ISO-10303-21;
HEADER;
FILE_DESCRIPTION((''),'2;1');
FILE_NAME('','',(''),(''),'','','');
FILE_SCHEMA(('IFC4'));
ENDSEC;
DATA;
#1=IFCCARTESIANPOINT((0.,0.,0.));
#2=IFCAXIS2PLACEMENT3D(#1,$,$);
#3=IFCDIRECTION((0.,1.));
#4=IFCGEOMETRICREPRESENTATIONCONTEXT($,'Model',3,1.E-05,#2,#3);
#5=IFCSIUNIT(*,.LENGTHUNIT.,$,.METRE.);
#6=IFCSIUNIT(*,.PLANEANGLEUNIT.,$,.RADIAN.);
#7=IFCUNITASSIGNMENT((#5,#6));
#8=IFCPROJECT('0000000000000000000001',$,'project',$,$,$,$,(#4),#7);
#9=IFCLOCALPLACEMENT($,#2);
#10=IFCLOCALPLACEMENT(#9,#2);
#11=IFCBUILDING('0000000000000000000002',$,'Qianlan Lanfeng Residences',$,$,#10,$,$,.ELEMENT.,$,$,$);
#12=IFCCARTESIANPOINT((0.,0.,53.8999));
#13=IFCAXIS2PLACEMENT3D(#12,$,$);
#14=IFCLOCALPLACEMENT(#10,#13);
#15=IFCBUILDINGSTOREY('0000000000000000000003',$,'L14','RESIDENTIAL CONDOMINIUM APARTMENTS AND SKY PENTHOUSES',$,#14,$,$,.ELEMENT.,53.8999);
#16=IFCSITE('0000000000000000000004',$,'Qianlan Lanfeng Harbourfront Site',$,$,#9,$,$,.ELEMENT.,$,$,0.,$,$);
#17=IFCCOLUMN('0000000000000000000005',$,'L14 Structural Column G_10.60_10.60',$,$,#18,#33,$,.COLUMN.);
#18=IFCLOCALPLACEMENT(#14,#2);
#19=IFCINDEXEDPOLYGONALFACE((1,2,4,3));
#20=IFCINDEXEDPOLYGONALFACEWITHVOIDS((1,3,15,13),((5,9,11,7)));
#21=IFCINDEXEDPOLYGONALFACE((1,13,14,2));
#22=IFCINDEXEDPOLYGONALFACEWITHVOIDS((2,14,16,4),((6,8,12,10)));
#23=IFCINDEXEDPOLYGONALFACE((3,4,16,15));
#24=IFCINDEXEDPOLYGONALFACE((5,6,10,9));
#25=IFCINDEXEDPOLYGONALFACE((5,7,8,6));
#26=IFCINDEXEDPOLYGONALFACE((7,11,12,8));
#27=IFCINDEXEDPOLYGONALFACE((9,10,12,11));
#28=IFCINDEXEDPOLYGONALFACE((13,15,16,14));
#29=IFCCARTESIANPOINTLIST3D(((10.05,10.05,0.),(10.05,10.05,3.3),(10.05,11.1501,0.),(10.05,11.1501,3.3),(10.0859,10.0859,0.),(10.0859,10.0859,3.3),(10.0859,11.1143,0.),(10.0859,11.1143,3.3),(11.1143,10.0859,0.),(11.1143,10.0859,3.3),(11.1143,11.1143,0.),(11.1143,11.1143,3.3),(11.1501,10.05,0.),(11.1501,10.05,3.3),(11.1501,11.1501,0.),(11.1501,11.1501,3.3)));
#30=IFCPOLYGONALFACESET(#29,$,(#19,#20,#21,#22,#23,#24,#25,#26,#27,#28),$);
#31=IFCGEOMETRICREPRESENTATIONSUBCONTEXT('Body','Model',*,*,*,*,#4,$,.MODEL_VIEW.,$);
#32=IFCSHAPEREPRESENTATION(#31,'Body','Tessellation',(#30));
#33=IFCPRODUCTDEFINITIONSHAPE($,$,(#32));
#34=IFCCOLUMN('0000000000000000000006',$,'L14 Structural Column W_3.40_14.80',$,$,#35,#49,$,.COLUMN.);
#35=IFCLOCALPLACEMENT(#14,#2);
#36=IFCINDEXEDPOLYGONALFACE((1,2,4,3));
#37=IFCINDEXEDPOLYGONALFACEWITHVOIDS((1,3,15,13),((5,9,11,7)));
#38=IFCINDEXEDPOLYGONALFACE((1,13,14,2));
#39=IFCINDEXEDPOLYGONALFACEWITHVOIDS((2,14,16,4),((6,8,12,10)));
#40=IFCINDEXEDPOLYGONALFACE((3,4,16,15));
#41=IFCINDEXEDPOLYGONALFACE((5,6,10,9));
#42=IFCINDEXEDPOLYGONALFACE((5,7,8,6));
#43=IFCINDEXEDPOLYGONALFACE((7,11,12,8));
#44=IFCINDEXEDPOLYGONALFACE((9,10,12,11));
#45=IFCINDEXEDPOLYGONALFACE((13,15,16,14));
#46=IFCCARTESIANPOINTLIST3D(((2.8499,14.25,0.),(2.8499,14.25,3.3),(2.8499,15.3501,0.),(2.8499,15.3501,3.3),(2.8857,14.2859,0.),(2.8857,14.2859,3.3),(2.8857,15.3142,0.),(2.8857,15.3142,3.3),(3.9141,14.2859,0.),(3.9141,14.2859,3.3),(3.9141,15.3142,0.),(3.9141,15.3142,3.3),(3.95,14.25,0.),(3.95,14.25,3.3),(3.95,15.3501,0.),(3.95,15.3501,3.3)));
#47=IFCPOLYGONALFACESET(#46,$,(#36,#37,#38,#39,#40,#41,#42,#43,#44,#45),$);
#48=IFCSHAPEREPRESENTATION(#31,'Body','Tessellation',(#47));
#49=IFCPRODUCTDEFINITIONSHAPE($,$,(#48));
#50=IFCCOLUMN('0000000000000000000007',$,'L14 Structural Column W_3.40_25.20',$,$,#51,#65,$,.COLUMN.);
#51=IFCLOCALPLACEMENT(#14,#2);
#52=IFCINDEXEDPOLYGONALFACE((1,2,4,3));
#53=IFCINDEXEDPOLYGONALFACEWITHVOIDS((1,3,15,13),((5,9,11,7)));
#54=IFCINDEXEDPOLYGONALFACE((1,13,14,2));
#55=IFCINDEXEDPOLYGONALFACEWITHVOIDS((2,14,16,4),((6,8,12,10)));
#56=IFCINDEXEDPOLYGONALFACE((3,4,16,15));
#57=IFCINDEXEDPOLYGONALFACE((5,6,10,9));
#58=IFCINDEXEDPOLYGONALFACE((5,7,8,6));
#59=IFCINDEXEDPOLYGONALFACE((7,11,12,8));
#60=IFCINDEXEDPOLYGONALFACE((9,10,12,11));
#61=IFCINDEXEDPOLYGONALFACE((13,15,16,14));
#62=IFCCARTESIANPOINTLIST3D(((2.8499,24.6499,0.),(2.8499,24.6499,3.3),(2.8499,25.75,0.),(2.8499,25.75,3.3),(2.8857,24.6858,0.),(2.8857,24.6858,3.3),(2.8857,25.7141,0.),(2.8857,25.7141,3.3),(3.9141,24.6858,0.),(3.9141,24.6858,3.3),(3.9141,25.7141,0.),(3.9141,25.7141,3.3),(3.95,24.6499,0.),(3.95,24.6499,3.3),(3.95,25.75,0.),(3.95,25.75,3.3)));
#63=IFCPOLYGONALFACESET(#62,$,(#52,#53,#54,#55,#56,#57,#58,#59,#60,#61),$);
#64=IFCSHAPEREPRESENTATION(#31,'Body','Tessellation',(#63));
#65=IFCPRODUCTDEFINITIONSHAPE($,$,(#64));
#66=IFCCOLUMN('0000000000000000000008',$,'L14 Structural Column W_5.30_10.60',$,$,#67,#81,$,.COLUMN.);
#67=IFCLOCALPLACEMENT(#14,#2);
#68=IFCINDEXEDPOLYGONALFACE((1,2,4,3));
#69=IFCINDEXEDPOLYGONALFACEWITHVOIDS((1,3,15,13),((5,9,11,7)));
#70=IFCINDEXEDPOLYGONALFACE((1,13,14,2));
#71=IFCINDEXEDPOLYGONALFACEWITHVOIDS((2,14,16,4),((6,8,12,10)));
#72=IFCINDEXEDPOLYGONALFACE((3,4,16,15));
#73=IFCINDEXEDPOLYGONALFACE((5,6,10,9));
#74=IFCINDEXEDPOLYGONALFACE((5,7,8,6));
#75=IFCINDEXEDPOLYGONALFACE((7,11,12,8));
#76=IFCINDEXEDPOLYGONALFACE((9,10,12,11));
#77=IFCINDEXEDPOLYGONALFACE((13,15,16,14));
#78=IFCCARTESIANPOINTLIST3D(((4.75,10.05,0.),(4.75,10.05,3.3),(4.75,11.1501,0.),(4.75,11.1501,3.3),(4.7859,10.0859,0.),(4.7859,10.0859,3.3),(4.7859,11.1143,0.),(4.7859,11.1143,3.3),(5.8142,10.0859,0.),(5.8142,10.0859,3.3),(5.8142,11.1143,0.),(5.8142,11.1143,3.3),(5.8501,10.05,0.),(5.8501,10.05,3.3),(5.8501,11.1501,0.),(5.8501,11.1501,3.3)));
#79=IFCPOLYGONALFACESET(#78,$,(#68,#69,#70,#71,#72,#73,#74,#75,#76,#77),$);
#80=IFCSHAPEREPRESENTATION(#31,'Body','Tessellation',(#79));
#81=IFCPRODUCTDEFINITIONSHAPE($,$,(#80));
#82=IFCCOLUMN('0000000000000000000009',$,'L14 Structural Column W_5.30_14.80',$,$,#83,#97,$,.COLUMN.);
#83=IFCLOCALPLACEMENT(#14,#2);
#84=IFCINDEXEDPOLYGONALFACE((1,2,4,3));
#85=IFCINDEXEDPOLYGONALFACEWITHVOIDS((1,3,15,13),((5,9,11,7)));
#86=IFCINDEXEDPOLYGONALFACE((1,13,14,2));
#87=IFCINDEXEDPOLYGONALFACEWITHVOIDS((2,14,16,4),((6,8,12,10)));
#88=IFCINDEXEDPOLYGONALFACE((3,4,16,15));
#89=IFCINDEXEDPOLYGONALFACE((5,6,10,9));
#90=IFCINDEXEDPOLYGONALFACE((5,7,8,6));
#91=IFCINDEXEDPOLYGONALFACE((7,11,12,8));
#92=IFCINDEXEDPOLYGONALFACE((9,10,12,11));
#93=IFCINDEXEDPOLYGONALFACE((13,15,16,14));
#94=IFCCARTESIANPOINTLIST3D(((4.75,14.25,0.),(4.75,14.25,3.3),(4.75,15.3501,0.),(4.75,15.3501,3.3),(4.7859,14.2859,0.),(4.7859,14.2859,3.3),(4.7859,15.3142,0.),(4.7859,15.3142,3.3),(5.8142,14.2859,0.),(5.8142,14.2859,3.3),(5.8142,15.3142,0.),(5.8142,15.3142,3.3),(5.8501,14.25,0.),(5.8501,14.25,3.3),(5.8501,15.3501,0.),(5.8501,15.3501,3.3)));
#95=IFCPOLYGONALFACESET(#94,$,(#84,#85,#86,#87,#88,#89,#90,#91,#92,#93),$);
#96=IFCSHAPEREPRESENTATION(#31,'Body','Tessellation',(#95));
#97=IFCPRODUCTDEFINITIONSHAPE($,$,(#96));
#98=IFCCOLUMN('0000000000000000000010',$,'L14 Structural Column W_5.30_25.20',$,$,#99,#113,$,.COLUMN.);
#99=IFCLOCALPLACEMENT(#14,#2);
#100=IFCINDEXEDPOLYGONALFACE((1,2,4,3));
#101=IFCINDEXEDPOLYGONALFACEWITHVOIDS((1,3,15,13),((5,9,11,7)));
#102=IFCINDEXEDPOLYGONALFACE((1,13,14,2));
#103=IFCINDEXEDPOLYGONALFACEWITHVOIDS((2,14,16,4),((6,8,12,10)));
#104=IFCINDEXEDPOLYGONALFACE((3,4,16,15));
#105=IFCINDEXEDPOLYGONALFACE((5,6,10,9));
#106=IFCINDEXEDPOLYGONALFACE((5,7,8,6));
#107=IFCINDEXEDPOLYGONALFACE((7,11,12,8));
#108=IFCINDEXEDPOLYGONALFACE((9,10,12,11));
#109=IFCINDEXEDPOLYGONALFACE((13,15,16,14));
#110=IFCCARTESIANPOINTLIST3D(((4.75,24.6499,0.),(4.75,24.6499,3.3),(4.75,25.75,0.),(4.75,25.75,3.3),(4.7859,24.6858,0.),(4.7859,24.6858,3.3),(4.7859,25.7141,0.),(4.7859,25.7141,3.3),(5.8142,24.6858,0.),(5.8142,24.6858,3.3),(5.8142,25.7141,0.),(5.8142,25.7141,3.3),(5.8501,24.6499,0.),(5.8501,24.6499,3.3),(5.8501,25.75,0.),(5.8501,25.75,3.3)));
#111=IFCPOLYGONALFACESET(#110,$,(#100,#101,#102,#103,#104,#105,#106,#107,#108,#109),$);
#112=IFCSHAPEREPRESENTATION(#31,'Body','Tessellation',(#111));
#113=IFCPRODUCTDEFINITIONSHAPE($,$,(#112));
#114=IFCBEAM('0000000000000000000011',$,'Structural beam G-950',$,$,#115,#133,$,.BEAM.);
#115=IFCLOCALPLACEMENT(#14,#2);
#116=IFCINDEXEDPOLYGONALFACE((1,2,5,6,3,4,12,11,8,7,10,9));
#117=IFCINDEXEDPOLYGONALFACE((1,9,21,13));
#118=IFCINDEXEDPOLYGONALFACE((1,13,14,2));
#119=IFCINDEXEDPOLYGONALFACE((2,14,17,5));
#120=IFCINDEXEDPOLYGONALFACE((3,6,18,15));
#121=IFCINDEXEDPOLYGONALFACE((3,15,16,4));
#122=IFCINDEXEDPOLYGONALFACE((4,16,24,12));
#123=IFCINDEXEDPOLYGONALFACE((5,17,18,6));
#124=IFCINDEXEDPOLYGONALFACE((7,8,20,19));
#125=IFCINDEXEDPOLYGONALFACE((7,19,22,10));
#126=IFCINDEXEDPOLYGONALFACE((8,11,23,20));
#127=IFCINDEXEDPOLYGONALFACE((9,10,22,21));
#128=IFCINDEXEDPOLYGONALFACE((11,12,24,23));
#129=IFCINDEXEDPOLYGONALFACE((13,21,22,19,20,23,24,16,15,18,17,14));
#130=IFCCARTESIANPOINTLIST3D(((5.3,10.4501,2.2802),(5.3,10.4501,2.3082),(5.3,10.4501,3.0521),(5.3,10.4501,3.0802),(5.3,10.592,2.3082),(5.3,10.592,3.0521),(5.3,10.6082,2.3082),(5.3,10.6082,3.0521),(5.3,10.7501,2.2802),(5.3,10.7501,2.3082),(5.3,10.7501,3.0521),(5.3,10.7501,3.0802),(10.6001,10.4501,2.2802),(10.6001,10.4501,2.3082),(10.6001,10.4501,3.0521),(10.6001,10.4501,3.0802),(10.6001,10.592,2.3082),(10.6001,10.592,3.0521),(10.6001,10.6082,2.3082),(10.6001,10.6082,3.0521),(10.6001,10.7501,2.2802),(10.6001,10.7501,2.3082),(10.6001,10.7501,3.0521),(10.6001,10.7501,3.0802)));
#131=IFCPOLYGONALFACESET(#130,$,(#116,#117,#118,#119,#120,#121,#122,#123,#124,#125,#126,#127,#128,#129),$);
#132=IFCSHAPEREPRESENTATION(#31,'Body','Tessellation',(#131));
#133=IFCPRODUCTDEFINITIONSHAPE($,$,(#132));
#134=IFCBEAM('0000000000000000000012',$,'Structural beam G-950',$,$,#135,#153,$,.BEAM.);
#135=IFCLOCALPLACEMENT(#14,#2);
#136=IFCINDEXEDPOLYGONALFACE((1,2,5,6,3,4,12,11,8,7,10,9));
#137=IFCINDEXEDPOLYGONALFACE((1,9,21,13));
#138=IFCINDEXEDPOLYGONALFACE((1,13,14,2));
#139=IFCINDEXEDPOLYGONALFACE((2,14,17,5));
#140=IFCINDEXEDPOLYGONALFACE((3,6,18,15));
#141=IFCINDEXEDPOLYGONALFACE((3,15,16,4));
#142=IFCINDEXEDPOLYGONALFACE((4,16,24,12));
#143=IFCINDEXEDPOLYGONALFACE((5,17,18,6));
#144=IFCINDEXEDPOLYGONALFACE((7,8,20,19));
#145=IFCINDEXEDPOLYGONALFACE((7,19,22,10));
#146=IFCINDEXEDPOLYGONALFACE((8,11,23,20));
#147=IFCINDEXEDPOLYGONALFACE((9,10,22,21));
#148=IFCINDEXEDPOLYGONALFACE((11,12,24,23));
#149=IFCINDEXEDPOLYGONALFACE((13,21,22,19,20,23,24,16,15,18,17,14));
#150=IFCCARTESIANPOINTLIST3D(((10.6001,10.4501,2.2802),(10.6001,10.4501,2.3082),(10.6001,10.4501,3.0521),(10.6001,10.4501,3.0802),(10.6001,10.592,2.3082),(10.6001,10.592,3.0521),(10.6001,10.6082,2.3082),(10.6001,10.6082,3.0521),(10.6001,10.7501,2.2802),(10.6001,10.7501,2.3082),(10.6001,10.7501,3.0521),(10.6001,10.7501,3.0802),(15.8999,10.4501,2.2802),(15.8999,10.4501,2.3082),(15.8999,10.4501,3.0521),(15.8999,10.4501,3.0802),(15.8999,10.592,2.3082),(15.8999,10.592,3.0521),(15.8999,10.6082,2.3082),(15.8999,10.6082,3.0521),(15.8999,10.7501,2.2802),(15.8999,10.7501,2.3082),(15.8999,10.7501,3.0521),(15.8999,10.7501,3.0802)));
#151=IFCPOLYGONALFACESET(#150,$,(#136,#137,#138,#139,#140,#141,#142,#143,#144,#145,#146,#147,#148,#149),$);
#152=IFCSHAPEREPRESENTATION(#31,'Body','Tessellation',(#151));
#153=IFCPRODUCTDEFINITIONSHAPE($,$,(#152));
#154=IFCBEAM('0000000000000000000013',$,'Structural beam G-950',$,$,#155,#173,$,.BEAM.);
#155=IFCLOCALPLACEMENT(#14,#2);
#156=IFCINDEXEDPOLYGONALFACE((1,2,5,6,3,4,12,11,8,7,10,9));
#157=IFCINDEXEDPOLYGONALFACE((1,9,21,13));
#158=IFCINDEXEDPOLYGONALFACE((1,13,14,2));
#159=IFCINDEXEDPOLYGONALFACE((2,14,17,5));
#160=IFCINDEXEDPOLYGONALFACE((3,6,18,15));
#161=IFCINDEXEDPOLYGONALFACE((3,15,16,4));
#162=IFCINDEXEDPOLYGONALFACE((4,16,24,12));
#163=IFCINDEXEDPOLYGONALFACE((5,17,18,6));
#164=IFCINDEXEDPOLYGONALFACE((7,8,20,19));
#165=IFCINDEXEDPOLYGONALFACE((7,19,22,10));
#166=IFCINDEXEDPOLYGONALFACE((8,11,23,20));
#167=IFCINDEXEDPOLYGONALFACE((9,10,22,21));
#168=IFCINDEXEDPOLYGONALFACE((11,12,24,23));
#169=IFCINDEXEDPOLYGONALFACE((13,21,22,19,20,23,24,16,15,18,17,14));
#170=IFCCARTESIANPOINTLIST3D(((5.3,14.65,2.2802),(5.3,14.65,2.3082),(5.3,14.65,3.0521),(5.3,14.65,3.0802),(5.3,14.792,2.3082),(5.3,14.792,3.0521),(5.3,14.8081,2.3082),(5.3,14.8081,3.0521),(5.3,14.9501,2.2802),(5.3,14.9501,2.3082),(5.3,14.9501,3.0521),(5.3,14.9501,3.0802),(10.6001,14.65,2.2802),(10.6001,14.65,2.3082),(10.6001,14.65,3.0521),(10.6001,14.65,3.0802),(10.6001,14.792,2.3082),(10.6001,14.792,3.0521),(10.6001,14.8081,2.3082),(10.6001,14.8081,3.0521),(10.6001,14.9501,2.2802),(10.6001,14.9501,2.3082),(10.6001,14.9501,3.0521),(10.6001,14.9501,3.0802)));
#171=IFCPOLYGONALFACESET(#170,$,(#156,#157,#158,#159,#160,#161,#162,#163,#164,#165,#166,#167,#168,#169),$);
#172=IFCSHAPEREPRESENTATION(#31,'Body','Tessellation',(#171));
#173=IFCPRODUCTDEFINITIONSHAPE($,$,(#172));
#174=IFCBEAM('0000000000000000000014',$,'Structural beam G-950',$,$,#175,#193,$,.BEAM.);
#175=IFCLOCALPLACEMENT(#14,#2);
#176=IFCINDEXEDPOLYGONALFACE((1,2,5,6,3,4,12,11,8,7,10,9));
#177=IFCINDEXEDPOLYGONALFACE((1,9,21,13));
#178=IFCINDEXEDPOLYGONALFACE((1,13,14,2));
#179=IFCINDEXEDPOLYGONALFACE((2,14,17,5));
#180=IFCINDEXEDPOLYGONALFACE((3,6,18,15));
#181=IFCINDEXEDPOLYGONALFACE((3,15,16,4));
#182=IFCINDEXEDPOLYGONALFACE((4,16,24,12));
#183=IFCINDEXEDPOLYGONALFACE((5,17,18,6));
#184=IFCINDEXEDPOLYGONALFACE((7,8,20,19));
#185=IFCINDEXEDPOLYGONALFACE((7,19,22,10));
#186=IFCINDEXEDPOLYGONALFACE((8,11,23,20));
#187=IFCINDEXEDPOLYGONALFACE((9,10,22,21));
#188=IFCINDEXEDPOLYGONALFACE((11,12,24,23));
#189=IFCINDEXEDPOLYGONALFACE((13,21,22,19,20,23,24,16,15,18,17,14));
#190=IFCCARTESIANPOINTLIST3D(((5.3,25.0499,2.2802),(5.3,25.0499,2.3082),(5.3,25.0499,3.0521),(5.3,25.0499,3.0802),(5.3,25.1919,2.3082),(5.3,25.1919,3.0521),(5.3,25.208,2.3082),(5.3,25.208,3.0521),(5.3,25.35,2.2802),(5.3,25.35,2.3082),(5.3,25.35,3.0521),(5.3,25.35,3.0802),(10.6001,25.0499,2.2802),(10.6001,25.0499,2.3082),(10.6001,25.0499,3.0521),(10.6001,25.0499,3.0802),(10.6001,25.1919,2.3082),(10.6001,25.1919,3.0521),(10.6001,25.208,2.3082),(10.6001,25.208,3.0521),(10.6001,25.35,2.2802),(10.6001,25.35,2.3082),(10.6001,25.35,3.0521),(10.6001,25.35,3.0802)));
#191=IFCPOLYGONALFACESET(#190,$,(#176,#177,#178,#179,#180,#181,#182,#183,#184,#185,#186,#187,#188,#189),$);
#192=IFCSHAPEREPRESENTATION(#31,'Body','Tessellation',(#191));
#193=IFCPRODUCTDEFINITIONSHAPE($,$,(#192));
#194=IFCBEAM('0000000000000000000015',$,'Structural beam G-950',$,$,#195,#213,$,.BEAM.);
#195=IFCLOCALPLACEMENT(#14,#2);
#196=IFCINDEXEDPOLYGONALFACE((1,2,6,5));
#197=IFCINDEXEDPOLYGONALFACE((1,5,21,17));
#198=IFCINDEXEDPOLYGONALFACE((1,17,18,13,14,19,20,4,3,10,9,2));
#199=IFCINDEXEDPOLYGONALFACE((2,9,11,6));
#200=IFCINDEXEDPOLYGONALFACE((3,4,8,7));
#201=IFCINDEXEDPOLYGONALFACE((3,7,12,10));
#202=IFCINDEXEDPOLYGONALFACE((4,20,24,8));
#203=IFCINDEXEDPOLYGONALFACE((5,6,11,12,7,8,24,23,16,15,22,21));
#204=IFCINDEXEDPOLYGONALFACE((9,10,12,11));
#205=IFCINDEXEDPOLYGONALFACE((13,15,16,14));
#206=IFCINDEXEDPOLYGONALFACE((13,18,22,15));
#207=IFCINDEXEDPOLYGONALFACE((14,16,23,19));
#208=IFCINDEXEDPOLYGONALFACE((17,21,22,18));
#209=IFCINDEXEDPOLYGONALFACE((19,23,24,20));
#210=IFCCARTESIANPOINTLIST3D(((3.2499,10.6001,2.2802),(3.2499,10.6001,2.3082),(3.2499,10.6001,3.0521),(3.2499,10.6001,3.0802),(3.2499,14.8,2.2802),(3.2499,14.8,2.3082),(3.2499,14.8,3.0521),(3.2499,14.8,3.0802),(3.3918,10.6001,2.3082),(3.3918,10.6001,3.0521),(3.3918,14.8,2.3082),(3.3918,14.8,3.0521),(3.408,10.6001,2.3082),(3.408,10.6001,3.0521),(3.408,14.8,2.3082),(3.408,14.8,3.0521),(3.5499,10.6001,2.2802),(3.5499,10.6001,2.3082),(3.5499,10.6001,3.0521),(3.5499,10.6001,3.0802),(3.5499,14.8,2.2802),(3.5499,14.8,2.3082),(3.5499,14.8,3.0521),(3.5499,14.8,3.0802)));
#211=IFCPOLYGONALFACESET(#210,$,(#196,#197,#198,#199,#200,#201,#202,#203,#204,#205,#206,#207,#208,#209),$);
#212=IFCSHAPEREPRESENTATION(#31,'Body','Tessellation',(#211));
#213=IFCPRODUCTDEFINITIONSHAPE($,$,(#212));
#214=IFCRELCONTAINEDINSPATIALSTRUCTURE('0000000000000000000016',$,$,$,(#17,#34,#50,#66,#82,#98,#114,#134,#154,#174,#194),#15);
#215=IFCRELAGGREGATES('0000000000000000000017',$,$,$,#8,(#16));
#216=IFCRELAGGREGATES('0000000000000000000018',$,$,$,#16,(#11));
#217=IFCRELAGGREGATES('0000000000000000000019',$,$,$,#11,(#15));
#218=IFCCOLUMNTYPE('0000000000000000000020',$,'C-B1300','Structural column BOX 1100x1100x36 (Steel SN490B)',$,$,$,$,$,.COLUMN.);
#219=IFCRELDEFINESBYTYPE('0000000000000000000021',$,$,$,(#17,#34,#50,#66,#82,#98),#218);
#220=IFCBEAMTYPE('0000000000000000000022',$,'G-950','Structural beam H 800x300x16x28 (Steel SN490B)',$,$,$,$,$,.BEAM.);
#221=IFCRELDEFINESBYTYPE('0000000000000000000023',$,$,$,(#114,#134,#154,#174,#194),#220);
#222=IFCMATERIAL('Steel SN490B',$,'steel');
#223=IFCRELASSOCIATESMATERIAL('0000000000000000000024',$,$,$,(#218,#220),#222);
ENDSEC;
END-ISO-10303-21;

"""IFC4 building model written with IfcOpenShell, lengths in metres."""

from ifc_helpers import new_model, si_unit, direction, frame, origin, origin_2d, place, context, subcontext, project, spatial, hollow_rectangle, i_section, extrude, material, material_profile, profile_set, type_object, element, save


model = new_model("IFC4")

# Units and contexts
model_context = context("Model", 3, precision=1e-05, world=origin(), true_north=direction((0.0, 1.0)))
body_context = subcontext(model_context, "Body", "Model", "MODEL_VIEW")
ifc_project = project(units=[si_unit("LENGTHUNIT", "METRE"), si_unit("PLANEANGLEUNIT", "RADIAN")], contexts=[model_context])

# Site, building, storey
site_placement = place(None, origin())
site = spatial("IfcSite", under=ifc_project, at=site_placement, Name="Qianlan Lanfeng Harbourfront Site", CompositionType="ELEMENT", RefElevation=0.0)
building_placement = place(site_placement, origin())
building = spatial("IfcBuilding", under=site, at=building_placement, Name="Qianlan Lanfeng Residences", CompositionType="ELEMENT")
storey_placement = place(building_placement, frame((0.0, 0.0, 53.8999)))
storey = spatial("IfcBuildingStorey", under=building, at=storey_placement, Name="L14", Description="RESIDENTIAL CONDOMINIUM APARTMENTS AND SKY PENTHOUSES", CompositionType="ELEMENT", Elevation=53.8999)

# Columns
ifc_material_1 = material(Name="Steel SN490B", Category="steel")
ifc_material_profile_1 = material_profile(ifc_material_1, hollow_rectangle(XDim=1.1001, YDim=1.1001, WallThickness=0.0359, at=origin_2d()), Name="BOX 1100x1100x36")
ifc_profile_set_1 = profile_set([ifc_material_profile_1], Name="Steel SN490B")
column_type = type_object("IfcColumnType", Name="C-B1300", Description="Structural column BOX 1100x1100x36 (Steel SN490B)", PredefinedType="COLUMN", material=ifc_profile_set_1)
for number, where, z_axis, x_axis, name in (
    (1, (10.6001, 10.6001, 0.0), (0.0, 0.0, 1.0), (1.0, 0.0, 0.0), "L14 Structural Column G_10.60_10.60"),
    (2, (3.3999, 14.8, 0.0), (0.0, 0.0, 1.0), (1.0, 0.0, 0.0), "L14 Structural Column W_3.40_14.80"),
    (3, (3.3999, 25.2, 0.0), (0.0, 0.0, 1.0), (1.0, 0.0, 0.0), "L14 Structural Column W_3.40_25.20"),
    (4, (5.3, 10.6001, 0.0), (0.0, 0.0, 1.0), (1.0, 0.0, 0.0), "L14 Structural Column W_5.30_10.60"),
    (5, (5.3, 14.8, 0.0), (0.0, 0.0, 1.0), (1.0, 0.0, 0.0), "L14 Structural Column W_5.30_14.80"),
    (6, (5.3, 25.2, 0.0), (0.0, 0.0, 1.0), (1.0, 0.0, 0.0), "L14 Structural Column W_5.30_25.20"),
):
    element("IfcColumn", number, at=place(storey_placement, frame(where, z_axis=z_axis, x_axis=x_axis)), inside=storey, type_object=column_type, Name=name, PredefinedType="COLUMN", context=body_context, shape_type="SweptSolid", body=[
        extrude(hollow_rectangle(XDim=1.1001, YDim=1.1001, WallThickness=0.0359, at=origin_2d()), origin(), (0.0, 0.0, 1.0), 3.3),
    ])

# Beams
ifc_material_profile_2 = material_profile(ifc_material_1, i_section(OverallWidth=0.3, OverallDepth=0.8, WebThickness=0.0161, FlangeThickness=0.0281, at=origin_2d()), Name="H 800x300x16x28")
ifc_profile_set_2 = profile_set([ifc_material_profile_2], Name="Steel SN490B")
beam_type_1 = type_object("IfcBeamType", Name="G-950", Description="Structural beam H 800x300x16x28 (Steel SN490B)", PredefinedType="BEAM", material=ifc_profile_set_2)
beam_1_placement = place(storey_placement, frame((5.3, 10.6001, 2.6802), z_axis=(1.0, 0.0, 0.0), x_axis=(0.0, 1.0, 0.0)))
element("IfcBeam", 7, at=beam_1_placement, inside=storey, type_object=beam_type_1, Name="Structural beam G-950", PredefinedType="BEAM", context=body_context, shape_type="SweptSolid", body=[
    extrude(i_section(OverallWidth=0.3, OverallDepth=0.8, WebThickness=0.0161, FlangeThickness=0.0281, at=origin_2d()), origin(), (0.0, 0.0, 1.0), 5.3),
])
beam_2_placement = place(storey_placement, frame((10.6001, 10.6001, 2.6802), z_axis=(1.0, 0.0, 0.0), x_axis=(0.0, 1.0, 0.0)))
element("IfcBeam", 8, at=beam_2_placement, inside=storey, type_object=beam_type_1, Name="Structural beam G-950", PredefinedType="BEAM", context=body_context, shape_type="SweptSolid", body=[
    extrude(i_section(OverallWidth=0.3, OverallDepth=0.8, WebThickness=0.0161, FlangeThickness=0.0281, at=origin_2d()), origin(), (0.0, 0.0, 1.0), 5.2998),
])
for number, where, z_axis, x_axis, name in (
    (9, (5.3, 14.8, 2.6802), (1.0, 0.0, 0.0), (0.0, 1.0, 0.0), "Structural beam G-950"),
    (10, (5.3, 25.2, 2.6802), (1.0, 0.0, 0.0), (0.0, 1.0, 0.0), "Structural beam G-950"),
):
    element("IfcBeam", number, at=place(storey_placement, frame(where, z_axis=z_axis, x_axis=x_axis)), inside=storey, type_object=beam_type_1, Name=name, PredefinedType="BEAM", context=body_context, shape_type="SweptSolid", body=[
        extrude(i_section(OverallWidth=0.3, OverallDepth=0.8, WebThickness=0.0161, FlangeThickness=0.0281, at=origin_2d()), origin(), (0.0, 0.0, 1.0), 5.3),
    ])
beam_3_placement = place(storey_placement, frame((3.3999, 10.6001, 2.6802), z_axis=(0.0, 1.0, 0.0), x_axis=(-1.0, 0.0, 0.0)))
element("IfcBeam", 11, at=beam_3_placement, inside=storey, type_object=beam_type_1, Name="Structural beam G-950", PredefinedType="BEAM", context=body_context, shape_type="SweptSolid", body=[
    extrude(i_section(OverallWidth=0.3, OverallDepth=0.8, WebThickness=0.0161, FlangeThickness=0.0281, at=origin_2d()), origin(), (0.0, 0.0, 1.0), 4.2),
])

save(model, "model.ifc")
